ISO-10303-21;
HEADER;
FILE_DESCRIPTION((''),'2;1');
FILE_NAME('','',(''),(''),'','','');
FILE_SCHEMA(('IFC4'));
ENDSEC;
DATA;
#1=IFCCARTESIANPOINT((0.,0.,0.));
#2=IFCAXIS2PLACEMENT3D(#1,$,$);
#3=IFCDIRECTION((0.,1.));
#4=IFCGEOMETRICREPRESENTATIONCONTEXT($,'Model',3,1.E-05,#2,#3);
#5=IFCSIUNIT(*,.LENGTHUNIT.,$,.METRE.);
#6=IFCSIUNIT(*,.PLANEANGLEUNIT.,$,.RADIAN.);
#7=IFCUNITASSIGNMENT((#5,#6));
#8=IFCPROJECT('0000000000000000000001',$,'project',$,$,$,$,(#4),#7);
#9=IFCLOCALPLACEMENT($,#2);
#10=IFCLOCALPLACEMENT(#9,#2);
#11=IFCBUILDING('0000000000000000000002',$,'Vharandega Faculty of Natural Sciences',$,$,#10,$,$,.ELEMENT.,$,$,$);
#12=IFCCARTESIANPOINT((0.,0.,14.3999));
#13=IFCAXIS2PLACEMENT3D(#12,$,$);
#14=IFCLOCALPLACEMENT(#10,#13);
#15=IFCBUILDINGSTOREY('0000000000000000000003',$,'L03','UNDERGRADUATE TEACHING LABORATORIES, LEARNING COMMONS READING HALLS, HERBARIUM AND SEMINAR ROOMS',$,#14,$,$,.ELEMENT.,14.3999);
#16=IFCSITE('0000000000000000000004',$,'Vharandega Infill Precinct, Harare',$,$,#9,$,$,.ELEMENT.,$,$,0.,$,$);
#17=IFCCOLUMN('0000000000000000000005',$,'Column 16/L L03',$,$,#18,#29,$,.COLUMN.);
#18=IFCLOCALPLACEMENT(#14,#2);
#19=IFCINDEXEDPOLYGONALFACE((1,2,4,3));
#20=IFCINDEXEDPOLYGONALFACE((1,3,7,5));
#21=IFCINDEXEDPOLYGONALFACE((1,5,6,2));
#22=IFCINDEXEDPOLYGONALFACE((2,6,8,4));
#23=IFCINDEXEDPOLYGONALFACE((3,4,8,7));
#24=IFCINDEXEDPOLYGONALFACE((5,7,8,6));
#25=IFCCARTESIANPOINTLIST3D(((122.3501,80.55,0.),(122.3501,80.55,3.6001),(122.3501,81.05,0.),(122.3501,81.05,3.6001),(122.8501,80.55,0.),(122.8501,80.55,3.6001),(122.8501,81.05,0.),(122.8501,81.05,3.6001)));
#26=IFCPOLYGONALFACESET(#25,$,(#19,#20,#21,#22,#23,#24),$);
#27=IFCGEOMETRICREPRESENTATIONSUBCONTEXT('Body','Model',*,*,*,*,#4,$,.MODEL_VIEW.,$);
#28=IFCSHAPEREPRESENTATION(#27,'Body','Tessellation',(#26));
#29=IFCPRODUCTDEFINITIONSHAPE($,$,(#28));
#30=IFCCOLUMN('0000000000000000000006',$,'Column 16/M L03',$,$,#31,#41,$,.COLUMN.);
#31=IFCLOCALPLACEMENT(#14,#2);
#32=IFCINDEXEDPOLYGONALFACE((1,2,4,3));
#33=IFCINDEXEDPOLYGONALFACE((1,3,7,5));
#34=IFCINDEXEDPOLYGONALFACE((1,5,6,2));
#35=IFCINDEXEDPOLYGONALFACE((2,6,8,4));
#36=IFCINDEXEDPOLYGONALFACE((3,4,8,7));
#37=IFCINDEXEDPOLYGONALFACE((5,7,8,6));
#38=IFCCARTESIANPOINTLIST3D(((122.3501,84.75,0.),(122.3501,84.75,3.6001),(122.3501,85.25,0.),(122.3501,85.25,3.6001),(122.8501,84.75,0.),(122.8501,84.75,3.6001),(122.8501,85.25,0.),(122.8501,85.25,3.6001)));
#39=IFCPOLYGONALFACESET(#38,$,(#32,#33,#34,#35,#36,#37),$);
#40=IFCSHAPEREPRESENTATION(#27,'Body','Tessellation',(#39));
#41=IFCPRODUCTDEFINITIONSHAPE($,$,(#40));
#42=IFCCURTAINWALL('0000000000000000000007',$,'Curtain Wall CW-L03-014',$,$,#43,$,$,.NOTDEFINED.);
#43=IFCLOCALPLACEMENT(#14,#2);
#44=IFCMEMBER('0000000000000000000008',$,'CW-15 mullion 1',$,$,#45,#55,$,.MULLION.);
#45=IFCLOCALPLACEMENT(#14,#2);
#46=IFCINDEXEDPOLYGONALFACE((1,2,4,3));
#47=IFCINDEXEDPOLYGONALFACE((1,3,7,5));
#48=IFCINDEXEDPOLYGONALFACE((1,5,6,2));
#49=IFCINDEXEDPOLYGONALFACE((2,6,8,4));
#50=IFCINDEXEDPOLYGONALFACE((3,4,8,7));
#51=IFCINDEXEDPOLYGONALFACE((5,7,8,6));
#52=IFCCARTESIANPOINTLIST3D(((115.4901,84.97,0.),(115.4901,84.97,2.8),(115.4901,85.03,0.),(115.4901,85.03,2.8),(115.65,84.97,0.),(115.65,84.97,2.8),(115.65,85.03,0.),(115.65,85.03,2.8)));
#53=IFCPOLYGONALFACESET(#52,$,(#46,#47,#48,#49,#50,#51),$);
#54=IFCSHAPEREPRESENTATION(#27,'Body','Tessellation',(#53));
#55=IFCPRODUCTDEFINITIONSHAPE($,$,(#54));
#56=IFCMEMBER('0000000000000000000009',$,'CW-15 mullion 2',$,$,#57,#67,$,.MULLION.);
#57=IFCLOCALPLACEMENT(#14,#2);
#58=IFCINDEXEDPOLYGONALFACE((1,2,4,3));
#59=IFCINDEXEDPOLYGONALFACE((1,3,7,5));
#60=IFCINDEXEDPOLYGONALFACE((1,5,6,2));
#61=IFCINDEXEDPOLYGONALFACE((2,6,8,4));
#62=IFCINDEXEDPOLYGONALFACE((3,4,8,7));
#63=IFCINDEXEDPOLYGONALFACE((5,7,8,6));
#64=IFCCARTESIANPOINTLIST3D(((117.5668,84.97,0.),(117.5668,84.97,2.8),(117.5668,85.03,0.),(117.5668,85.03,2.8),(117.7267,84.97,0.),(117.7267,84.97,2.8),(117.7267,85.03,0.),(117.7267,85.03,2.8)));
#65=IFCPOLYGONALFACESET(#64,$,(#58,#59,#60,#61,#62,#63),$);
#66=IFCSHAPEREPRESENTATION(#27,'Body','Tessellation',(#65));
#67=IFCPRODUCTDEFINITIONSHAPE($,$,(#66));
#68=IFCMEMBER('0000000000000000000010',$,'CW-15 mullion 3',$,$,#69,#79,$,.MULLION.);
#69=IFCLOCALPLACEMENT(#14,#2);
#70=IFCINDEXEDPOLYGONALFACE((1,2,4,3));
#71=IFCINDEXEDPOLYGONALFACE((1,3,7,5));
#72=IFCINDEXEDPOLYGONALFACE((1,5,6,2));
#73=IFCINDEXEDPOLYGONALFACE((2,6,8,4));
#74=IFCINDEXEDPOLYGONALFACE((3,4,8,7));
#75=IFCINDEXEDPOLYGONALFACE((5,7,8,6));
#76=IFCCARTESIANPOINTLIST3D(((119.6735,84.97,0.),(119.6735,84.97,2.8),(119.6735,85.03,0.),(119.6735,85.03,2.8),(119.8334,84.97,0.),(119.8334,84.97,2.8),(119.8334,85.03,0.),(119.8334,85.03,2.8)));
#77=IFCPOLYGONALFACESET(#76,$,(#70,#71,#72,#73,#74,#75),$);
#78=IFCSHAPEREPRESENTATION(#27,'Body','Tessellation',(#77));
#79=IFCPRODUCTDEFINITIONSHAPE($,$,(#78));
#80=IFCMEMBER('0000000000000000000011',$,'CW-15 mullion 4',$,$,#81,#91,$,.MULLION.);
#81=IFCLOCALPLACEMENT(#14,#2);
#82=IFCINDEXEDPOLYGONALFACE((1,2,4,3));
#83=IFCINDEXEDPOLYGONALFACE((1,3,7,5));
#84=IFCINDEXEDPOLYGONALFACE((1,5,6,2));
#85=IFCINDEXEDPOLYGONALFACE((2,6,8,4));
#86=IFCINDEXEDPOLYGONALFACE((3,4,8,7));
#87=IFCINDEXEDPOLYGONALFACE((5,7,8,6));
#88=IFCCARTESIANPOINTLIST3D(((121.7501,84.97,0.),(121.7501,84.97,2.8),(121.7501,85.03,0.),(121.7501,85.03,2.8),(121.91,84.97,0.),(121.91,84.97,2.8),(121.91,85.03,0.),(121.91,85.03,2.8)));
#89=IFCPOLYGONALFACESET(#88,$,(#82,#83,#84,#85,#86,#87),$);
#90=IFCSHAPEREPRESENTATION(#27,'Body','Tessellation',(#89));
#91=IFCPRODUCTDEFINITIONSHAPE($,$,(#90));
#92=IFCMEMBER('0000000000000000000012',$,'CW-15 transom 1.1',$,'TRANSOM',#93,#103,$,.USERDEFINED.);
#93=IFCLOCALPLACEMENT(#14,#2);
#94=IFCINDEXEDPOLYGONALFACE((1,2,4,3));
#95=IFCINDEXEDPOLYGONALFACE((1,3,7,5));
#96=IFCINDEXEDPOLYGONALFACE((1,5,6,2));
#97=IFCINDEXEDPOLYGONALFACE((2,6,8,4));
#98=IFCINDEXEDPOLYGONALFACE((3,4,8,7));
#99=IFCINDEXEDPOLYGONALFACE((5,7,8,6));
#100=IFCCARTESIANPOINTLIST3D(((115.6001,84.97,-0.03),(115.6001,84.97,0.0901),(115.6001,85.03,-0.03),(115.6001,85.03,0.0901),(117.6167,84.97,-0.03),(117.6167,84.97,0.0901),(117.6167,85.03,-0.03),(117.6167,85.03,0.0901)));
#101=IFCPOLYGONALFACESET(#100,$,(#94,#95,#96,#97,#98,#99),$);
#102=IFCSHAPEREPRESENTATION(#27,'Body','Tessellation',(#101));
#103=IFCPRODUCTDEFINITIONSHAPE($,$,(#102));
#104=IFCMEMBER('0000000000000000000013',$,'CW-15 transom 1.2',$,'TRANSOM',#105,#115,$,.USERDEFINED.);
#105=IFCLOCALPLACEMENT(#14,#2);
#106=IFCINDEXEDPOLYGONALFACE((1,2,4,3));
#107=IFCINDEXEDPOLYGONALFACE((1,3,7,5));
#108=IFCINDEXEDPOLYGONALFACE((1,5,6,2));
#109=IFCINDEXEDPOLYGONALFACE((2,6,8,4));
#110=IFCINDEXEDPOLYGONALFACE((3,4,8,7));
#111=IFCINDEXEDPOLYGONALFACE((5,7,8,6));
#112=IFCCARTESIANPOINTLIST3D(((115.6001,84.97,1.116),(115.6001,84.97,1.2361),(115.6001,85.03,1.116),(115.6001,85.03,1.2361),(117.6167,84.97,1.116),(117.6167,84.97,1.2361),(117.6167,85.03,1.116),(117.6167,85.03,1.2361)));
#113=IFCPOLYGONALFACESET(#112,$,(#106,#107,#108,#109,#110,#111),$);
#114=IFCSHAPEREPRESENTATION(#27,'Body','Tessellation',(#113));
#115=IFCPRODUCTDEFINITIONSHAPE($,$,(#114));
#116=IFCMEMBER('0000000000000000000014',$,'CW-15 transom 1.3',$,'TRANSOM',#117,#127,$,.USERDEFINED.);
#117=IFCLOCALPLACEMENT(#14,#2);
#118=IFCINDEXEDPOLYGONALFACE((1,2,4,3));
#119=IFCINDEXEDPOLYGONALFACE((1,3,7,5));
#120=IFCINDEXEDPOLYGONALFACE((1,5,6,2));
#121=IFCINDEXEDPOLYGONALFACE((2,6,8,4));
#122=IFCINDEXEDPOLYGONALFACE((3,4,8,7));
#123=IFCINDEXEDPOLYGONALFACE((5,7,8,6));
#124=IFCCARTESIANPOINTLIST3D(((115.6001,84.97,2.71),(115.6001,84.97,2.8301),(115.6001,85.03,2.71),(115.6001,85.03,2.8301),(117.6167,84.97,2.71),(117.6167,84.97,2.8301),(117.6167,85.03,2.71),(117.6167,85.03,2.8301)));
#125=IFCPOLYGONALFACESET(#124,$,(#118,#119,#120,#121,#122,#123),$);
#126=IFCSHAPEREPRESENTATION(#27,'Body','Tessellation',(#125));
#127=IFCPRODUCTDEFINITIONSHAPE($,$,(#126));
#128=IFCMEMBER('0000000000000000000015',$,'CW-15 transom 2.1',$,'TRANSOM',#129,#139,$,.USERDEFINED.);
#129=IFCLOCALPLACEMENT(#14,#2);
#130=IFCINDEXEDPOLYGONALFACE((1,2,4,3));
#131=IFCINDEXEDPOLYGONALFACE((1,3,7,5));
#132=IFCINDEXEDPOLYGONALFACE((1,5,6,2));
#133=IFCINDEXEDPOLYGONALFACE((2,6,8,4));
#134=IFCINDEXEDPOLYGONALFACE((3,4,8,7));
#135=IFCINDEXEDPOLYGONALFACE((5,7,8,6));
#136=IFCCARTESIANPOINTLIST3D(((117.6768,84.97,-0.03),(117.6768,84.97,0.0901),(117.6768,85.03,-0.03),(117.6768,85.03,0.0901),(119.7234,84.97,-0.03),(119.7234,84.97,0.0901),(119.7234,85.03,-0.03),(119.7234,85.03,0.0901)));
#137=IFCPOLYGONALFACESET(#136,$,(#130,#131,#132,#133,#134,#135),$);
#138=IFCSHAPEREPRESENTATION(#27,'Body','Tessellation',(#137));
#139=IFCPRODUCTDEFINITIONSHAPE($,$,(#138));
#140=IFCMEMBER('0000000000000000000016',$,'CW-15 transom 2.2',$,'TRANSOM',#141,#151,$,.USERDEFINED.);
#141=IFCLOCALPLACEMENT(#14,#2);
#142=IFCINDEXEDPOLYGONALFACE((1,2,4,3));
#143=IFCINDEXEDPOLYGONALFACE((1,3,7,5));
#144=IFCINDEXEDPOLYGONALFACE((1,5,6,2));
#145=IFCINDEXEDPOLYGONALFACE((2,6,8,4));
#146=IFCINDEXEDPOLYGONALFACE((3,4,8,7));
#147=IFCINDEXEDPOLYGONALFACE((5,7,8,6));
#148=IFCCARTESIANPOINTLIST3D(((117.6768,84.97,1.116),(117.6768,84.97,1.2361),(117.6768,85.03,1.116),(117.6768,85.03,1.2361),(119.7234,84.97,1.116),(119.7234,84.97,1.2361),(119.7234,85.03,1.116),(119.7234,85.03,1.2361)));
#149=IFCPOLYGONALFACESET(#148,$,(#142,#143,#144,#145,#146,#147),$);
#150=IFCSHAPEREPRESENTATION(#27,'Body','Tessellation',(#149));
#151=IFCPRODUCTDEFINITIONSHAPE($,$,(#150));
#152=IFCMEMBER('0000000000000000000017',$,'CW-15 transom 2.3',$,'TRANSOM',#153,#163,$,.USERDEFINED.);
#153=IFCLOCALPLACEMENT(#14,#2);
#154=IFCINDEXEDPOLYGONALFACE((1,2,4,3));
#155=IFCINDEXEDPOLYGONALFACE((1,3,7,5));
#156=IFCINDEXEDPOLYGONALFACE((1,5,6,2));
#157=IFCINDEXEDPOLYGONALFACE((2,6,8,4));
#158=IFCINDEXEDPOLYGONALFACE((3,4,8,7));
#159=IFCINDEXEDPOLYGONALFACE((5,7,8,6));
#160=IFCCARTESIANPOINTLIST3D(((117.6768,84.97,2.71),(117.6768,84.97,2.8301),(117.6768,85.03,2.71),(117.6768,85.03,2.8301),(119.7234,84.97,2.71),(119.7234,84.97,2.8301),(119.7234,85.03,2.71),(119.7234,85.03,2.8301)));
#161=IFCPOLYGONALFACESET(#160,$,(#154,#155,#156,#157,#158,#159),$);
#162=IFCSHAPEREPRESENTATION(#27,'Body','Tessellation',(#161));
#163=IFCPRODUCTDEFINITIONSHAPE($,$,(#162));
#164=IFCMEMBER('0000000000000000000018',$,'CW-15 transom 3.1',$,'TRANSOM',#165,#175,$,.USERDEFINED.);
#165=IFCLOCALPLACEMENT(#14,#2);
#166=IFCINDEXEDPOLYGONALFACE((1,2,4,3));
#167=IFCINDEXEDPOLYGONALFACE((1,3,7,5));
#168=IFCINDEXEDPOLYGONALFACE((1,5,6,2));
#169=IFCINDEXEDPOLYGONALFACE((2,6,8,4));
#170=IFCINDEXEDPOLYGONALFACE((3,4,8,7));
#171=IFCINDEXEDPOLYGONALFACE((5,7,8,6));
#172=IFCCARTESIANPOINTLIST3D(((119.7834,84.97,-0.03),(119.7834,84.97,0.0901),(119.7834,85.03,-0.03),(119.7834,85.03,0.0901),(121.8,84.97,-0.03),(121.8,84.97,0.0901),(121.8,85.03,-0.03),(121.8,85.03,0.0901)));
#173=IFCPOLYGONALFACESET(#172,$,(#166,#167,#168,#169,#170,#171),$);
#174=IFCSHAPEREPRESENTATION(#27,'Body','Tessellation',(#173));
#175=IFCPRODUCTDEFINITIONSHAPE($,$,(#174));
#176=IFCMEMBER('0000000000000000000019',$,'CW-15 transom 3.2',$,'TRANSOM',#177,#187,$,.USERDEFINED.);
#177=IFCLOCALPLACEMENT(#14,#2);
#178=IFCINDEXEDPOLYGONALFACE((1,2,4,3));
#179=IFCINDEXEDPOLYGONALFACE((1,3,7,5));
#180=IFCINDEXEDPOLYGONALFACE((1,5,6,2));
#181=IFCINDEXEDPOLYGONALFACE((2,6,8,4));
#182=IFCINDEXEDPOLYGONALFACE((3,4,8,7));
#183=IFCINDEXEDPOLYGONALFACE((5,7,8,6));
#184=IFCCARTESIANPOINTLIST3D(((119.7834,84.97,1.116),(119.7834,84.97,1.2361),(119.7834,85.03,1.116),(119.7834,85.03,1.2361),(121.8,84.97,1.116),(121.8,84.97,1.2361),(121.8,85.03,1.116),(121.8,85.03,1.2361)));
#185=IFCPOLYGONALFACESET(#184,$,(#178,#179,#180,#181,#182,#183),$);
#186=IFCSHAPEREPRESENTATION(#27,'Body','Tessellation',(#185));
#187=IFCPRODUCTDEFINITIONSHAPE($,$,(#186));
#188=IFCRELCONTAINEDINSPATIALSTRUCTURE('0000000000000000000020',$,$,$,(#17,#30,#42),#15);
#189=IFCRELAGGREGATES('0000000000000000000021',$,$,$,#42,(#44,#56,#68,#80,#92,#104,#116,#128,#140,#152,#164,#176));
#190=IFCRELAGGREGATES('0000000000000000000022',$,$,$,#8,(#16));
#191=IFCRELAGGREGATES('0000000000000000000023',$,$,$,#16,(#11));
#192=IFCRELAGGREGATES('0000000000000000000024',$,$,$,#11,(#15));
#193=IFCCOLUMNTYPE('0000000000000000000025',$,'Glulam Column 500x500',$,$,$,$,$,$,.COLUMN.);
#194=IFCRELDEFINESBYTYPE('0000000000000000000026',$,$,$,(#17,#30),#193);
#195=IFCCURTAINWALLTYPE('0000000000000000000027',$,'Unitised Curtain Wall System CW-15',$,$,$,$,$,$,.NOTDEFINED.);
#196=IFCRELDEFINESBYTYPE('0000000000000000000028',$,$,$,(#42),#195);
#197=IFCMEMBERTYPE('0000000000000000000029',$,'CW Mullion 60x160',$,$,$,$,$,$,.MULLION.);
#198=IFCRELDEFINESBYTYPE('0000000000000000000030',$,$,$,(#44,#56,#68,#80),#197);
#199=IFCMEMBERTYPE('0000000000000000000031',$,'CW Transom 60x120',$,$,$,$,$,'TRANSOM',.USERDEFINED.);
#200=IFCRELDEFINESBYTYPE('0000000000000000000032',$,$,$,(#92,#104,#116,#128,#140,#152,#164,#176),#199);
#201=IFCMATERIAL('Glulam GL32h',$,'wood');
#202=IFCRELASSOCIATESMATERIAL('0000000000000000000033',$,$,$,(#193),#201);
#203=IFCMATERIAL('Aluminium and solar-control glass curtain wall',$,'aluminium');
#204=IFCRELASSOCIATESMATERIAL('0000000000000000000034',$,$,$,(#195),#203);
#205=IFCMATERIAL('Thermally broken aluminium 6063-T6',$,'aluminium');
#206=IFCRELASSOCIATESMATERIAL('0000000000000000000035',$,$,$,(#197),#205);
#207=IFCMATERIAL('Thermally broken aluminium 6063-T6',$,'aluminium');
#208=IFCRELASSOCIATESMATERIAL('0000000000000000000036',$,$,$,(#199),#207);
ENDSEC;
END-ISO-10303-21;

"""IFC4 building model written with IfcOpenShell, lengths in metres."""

from ifc_helpers import new_model, si_unit, direction, frame, origin, origin_2d, place, context, subcontext, project, spatial, rectangle, extrude, material, material_profile, profile_set, type_object, element, aggregate, save


model = new_model("IFC4")

# Units and contexts
model_context = context("Model", 3, precision=1e-05, world=origin(), true_north=direction((0.0, 1.0)))
body_context = subcontext(model_context, "Body", "Model", "MODEL_VIEW")
ifc_project = project(units=[si_unit("LENGTHUNIT", "METRE"), si_unit("PLANEANGLEUNIT", "RADIAN")], contexts=[model_context])

# Site, building, storey
site_placement = place(None, origin())
site = spatial("IfcSite", under=ifc_project, at=site_placement, Name="Vharandega Infill Precinct, Harare", CompositionType="ELEMENT", RefElevation=0.0)
building_placement = place(site_placement, origin())
building = spatial("IfcBuilding", under=site, at=building_placement, Name="Vharandega Faculty of Natural Sciences", CompositionType="ELEMENT")
storey_placement = place(building_placement, frame((0.0, 0.0, 14.3999)))
storey = spatial("IfcBuildingStorey", under=building, at=storey_placement, Name="L03", Description="UNDERGRADUATE TEACHING LABORATORIES, LEARNING COMMONS READING HALLS, HERBARIUM AND SEMINAR ROOMS", CompositionType="ELEMENT", Elevation=14.3999)

# Columns
ifc_material_1 = material(Name="Glulam GL32h", Category="wood")
ifc_material_profile_1 = material_profile(ifc_material_1, rectangle(XDim=0.5, YDim=0.5, at=origin_2d()), Name="GL32h 500x500")
ifc_profile_set_1 = profile_set([ifc_material_profile_1], Name="Glulam GL32h")
column_type = type_object("IfcColumnType", Name="Glulam Column 500x500", PredefinedType="COLUMN", material=ifc_profile_set_1)
for number, where, z_axis, x_axis, name in (
    (1, (122.6001, 80.8, 0.0), (0.0, 0.0, 1.0), (1.0, 0.0, 0.0), "Column 16/L L03"),
    (2, (122.6001, 85.0, 0.0), (0.0, 0.0, 1.0), (1.0, 0.0, 0.0), "Column 16/M L03"),
):
    element("IfcColumn", number, at=place(storey_placement, frame(where, z_axis=z_axis, x_axis=x_axis)), inside=storey, type_object=column_type, Name=name, PredefinedType="COLUMN", context=body_context, shape_type="SweptSolid", body=[
        extrude(rectangle(XDim=0.5, YDim=0.5, at=origin_2d()), origin(), (0.0, 0.0, 1.0), 3.6001),
    ])

# Curtain wall, members
ifc_material_2 = material(Name="Aluminium and solar-control glass curtain wall", Category="aluminium")
curtain_wall_type = type_object("IfcCurtainWallType", Name="Unitised Curtain Wall System CW-15", PredefinedType="NOTDEFINED", material=ifc_material_2)
curtain_wall_placement = place(storey_placement, origin())
curtain_wall = element("IfcCurtainWall", 3, at=curtain_wall_placement, inside=storey, type_object=curtain_wall_type, Name="Curtain Wall CW-L03-014", PredefinedType="NOTDEFINED")
ifc_material_3 = material(Name="Thermally broken aluminium 6063-T6", Category="aluminium")
ifc_material_profile_2 = material_profile(ifc_material_3, rectangle(XDim=0.0601, YDim=0.1599, at=origin_2d()), Name="ALU 60x160")
ifc_profile_set_2 = profile_set([ifc_material_profile_2], Name="Thermally broken aluminium 6063-T6")
member_type_1 = type_object("IfcMemberType", Name="CW Mullion 60x160", PredefinedType="MULLION", material=ifc_profile_set_2)
member_1_placement = place(storey_placement, frame((115.5701, 85.0, 0.0), z_axis=(0.0, 0.0, 1.0), x_axis=(0.0, 1.0, 0.0)))
member_1 = element("IfcMember", 4, at=member_1_placement, type_object=member_type_1, Name="CW-15 mullion 1", PredefinedType="MULLION", context=body_context, shape_type="SweptSolid", body=[
    extrude(rectangle(XDim=0.0601, YDim=0.1599, at=origin_2d()), origin(), (0.0, 0.0, 1.0), 2.8),
])
member_2_placement = place(storey_placement, frame((117.6467, 85.0, 0.0), z_axis=(0.0, 0.0, 1.0), x_axis=(0.0, 1.0, 0.0)))
member_2 = element("IfcMember", 5, at=member_2_placement, type_object=member_type_1, Name="CW-15 mullion 2", PredefinedType="MULLION", context=body_context, shape_type="SweptSolid", body=[
    extrude(rectangle(XDim=0.0601, YDim=0.1599, at=origin_2d()), origin(), (0.0, 0.0, 1.0), 2.8),
])
member_3_placement = place(storey_placement, frame((119.7534, 85.0, 0.0), z_axis=(0.0, 0.0, 1.0), x_axis=(0.0, 1.0, 0.0)))
member_3 = element("IfcMember", 6, at=member_3_placement, type_object=member_type_1, Name="CW-15 mullion 3", PredefinedType="MULLION", context=body_context, shape_type="SweptSolid", body=[
    extrude(rectangle(XDim=0.0601, YDim=0.1599, at=origin_2d()), origin(), (0.0, 0.0, 1.0), 2.8),
])
member_4_placement = place(storey_placement, frame((121.8301, 85.0, 0.0), z_axis=(0.0, 0.0, 1.0), x_axis=(0.0, 1.0, 0.0)))
member_4 = element("IfcMember", 7, at=member_4_placement, type_object=member_type_1, Name="CW-15 mullion 4", PredefinedType="MULLION", context=body_context, shape_type="SweptSolid", body=[
    extrude(rectangle(XDim=0.0601, YDim=0.1599, at=origin_2d()), origin(), (0.0, 0.0, 1.0), 2.8),
])
ifc_material_4 = material(Name="Thermally broken aluminium 6063-T6", Category="aluminium")
ifc_material_profile_3 = material_profile(ifc_material_4, rectangle(XDim=0.0601, YDim=0.1201, at=origin_2d()), Name="ALU 60x120")
ifc_profile_set_3 = profile_set([ifc_material_profile_3], Name="Thermally broken aluminium 6063-T6")
member_type_2 = type_object("IfcMemberType", Name="CW Transom 60x120", ElementType="TRANSOM", PredefinedType="USERDEFINED", material=ifc_profile_set_3)
member_5_placement = place(storey_placement, frame((115.6001, 85.0, 0.03), z_axis=(1.0, 0.0, 0.0), x_axis=(0.0, 1.0, 0.0)))
member_5 = element("IfcMember", 8, at=member_5_placement, type_object=member_type_2, Name="CW-15 transom 1.1", ObjectType="TRANSOM", PredefinedType="USERDEFINED", context=body_context, shape_type="SweptSolid", body=[
    extrude(rectangle(XDim=0.0601, YDim=0.1201, at=origin_2d()), origin(), (0.0, 0.0, 1.0), 2.0166),
])
member_6_placement = place(storey_placement, frame((115.6001, 85.0, 1.176), z_axis=(1.0, 0.0, 0.0), x_axis=(0.0, 1.0, 0.0)))
member_6 = element("IfcMember", 9, at=member_6_placement, type_object=member_type_2, Name="CW-15 transom 1.2", ObjectType="TRANSOM", PredefinedType="USERDEFINED", context=body_context, shape_type="SweptSolid", body=[
    extrude(rectangle(XDim=0.0601, YDim=0.1201, at=origin_2d()), origin(), (0.0, 0.0, 1.0), 2.0166),
])
member_7_placement = place(storey_placement, frame((115.6001, 85.0, 2.77), z_axis=(1.0, 0.0, 0.0), x_axis=(0.0, 1.0, 0.0)))
member_7 = element("IfcMember", 10, at=member_7_placement, type_object=member_type_2, Name="CW-15 transom 1.3", ObjectType="TRANSOM", PredefinedType="USERDEFINED", context=body_context, shape_type="SweptSolid", body=[
    extrude(rectangle(XDim=0.0601, YDim=0.1201, at=origin_2d()), origin(), (0.0, 0.0, 1.0), 2.0166),
])
member_8_placement = place(storey_placement, frame((117.6768, 85.0, 0.03), z_axis=(1.0, 0.0, 0.0), x_axis=(0.0, 1.0, 0.0)))
member_8 = element("IfcMember", 11, at=member_8_placement, type_object=member_type_2, Name="CW-15 transom 2.1", ObjectType="TRANSOM", PredefinedType="USERDEFINED", context=body_context, shape_type="SweptSolid", body=[
    extrude(rectangle(XDim=0.0601, YDim=0.1201, at=origin_2d()), origin(), (0.0, 0.0, 1.0), 2.0466),
])
member_9_placement = place(storey_placement, frame((117.6768, 85.0, 1.176), z_axis=(1.0, 0.0, 0.0), x_axis=(0.0, 1.0, 0.0)))
member_9 = element("IfcMember", 12, at=member_9_placement, type_object=member_type_2, Name="CW-15 transom 2.2", ObjectType="TRANSOM", PredefinedType="USERDEFINED", context=body_context, shape_type="SweptSolid", body=[
    extrude(rectangle(XDim=0.0601, YDim=0.1201, at=origin_2d()), origin(), (0.0, 0.0, 1.0), 2.0466),
])
member_10_placement = place(storey_placement, frame((117.6768, 85.0, 2.77), z_axis=(1.0, 0.0, 0.0), x_axis=(0.0, 1.0, 0.0)))
member_10 = element("IfcMember", 13, at=member_10_placement, type_object=member_type_2, Name="CW-15 transom 2.3", ObjectType="TRANSOM", PredefinedType="USERDEFINED", context=body_context, shape_type="SweptSolid", body=[
    extrude(rectangle(XDim=0.0601, YDim=0.1201, at=origin_2d()), origin(), (0.0, 0.0, 1.0), 2.0466),
])
member_11_placement = place(storey_placement, frame((119.7834, 85.0, 0.03), z_axis=(1.0, 0.0, 0.0), x_axis=(0.0, 1.0, 0.0)))
member_11 = element("IfcMember", 14, at=member_11_placement, type_object=member_type_2, Name="CW-15 transom 3.1", ObjectType="TRANSOM", PredefinedType="USERDEFINED", context=body_context, shape_type="SweptSolid", body=[
    extrude(rectangle(XDim=0.0601, YDim=0.1201, at=origin_2d()), origin(), (0.0, 0.0, 1.0), 2.0166),
])
member_12_placement = place(storey_placement, frame((119.7834, 85.0, 1.176), z_axis=(1.0, 0.0, 0.0), x_axis=(0.0, 1.0, 0.0)))
member_12 = element("IfcMember", 15, at=member_12_placement, type_object=member_type_2, Name="CW-15 transom 3.2", ObjectType="TRANSOM", PredefinedType="USERDEFINED", context=body_context, shape_type="SweptSolid", body=[
    extrude(rectangle(XDim=0.0601, YDim=0.1201, at=origin_2d()), origin(), (0.0, 0.0, 1.0), 2.0166),
])

aggregate(curtain_wall, [member_1, member_2, member_3, member_4, member_5, member_6, member_7, member_8, member_9, member_10, member_11, member_12])

save(model, "model.ifc")
